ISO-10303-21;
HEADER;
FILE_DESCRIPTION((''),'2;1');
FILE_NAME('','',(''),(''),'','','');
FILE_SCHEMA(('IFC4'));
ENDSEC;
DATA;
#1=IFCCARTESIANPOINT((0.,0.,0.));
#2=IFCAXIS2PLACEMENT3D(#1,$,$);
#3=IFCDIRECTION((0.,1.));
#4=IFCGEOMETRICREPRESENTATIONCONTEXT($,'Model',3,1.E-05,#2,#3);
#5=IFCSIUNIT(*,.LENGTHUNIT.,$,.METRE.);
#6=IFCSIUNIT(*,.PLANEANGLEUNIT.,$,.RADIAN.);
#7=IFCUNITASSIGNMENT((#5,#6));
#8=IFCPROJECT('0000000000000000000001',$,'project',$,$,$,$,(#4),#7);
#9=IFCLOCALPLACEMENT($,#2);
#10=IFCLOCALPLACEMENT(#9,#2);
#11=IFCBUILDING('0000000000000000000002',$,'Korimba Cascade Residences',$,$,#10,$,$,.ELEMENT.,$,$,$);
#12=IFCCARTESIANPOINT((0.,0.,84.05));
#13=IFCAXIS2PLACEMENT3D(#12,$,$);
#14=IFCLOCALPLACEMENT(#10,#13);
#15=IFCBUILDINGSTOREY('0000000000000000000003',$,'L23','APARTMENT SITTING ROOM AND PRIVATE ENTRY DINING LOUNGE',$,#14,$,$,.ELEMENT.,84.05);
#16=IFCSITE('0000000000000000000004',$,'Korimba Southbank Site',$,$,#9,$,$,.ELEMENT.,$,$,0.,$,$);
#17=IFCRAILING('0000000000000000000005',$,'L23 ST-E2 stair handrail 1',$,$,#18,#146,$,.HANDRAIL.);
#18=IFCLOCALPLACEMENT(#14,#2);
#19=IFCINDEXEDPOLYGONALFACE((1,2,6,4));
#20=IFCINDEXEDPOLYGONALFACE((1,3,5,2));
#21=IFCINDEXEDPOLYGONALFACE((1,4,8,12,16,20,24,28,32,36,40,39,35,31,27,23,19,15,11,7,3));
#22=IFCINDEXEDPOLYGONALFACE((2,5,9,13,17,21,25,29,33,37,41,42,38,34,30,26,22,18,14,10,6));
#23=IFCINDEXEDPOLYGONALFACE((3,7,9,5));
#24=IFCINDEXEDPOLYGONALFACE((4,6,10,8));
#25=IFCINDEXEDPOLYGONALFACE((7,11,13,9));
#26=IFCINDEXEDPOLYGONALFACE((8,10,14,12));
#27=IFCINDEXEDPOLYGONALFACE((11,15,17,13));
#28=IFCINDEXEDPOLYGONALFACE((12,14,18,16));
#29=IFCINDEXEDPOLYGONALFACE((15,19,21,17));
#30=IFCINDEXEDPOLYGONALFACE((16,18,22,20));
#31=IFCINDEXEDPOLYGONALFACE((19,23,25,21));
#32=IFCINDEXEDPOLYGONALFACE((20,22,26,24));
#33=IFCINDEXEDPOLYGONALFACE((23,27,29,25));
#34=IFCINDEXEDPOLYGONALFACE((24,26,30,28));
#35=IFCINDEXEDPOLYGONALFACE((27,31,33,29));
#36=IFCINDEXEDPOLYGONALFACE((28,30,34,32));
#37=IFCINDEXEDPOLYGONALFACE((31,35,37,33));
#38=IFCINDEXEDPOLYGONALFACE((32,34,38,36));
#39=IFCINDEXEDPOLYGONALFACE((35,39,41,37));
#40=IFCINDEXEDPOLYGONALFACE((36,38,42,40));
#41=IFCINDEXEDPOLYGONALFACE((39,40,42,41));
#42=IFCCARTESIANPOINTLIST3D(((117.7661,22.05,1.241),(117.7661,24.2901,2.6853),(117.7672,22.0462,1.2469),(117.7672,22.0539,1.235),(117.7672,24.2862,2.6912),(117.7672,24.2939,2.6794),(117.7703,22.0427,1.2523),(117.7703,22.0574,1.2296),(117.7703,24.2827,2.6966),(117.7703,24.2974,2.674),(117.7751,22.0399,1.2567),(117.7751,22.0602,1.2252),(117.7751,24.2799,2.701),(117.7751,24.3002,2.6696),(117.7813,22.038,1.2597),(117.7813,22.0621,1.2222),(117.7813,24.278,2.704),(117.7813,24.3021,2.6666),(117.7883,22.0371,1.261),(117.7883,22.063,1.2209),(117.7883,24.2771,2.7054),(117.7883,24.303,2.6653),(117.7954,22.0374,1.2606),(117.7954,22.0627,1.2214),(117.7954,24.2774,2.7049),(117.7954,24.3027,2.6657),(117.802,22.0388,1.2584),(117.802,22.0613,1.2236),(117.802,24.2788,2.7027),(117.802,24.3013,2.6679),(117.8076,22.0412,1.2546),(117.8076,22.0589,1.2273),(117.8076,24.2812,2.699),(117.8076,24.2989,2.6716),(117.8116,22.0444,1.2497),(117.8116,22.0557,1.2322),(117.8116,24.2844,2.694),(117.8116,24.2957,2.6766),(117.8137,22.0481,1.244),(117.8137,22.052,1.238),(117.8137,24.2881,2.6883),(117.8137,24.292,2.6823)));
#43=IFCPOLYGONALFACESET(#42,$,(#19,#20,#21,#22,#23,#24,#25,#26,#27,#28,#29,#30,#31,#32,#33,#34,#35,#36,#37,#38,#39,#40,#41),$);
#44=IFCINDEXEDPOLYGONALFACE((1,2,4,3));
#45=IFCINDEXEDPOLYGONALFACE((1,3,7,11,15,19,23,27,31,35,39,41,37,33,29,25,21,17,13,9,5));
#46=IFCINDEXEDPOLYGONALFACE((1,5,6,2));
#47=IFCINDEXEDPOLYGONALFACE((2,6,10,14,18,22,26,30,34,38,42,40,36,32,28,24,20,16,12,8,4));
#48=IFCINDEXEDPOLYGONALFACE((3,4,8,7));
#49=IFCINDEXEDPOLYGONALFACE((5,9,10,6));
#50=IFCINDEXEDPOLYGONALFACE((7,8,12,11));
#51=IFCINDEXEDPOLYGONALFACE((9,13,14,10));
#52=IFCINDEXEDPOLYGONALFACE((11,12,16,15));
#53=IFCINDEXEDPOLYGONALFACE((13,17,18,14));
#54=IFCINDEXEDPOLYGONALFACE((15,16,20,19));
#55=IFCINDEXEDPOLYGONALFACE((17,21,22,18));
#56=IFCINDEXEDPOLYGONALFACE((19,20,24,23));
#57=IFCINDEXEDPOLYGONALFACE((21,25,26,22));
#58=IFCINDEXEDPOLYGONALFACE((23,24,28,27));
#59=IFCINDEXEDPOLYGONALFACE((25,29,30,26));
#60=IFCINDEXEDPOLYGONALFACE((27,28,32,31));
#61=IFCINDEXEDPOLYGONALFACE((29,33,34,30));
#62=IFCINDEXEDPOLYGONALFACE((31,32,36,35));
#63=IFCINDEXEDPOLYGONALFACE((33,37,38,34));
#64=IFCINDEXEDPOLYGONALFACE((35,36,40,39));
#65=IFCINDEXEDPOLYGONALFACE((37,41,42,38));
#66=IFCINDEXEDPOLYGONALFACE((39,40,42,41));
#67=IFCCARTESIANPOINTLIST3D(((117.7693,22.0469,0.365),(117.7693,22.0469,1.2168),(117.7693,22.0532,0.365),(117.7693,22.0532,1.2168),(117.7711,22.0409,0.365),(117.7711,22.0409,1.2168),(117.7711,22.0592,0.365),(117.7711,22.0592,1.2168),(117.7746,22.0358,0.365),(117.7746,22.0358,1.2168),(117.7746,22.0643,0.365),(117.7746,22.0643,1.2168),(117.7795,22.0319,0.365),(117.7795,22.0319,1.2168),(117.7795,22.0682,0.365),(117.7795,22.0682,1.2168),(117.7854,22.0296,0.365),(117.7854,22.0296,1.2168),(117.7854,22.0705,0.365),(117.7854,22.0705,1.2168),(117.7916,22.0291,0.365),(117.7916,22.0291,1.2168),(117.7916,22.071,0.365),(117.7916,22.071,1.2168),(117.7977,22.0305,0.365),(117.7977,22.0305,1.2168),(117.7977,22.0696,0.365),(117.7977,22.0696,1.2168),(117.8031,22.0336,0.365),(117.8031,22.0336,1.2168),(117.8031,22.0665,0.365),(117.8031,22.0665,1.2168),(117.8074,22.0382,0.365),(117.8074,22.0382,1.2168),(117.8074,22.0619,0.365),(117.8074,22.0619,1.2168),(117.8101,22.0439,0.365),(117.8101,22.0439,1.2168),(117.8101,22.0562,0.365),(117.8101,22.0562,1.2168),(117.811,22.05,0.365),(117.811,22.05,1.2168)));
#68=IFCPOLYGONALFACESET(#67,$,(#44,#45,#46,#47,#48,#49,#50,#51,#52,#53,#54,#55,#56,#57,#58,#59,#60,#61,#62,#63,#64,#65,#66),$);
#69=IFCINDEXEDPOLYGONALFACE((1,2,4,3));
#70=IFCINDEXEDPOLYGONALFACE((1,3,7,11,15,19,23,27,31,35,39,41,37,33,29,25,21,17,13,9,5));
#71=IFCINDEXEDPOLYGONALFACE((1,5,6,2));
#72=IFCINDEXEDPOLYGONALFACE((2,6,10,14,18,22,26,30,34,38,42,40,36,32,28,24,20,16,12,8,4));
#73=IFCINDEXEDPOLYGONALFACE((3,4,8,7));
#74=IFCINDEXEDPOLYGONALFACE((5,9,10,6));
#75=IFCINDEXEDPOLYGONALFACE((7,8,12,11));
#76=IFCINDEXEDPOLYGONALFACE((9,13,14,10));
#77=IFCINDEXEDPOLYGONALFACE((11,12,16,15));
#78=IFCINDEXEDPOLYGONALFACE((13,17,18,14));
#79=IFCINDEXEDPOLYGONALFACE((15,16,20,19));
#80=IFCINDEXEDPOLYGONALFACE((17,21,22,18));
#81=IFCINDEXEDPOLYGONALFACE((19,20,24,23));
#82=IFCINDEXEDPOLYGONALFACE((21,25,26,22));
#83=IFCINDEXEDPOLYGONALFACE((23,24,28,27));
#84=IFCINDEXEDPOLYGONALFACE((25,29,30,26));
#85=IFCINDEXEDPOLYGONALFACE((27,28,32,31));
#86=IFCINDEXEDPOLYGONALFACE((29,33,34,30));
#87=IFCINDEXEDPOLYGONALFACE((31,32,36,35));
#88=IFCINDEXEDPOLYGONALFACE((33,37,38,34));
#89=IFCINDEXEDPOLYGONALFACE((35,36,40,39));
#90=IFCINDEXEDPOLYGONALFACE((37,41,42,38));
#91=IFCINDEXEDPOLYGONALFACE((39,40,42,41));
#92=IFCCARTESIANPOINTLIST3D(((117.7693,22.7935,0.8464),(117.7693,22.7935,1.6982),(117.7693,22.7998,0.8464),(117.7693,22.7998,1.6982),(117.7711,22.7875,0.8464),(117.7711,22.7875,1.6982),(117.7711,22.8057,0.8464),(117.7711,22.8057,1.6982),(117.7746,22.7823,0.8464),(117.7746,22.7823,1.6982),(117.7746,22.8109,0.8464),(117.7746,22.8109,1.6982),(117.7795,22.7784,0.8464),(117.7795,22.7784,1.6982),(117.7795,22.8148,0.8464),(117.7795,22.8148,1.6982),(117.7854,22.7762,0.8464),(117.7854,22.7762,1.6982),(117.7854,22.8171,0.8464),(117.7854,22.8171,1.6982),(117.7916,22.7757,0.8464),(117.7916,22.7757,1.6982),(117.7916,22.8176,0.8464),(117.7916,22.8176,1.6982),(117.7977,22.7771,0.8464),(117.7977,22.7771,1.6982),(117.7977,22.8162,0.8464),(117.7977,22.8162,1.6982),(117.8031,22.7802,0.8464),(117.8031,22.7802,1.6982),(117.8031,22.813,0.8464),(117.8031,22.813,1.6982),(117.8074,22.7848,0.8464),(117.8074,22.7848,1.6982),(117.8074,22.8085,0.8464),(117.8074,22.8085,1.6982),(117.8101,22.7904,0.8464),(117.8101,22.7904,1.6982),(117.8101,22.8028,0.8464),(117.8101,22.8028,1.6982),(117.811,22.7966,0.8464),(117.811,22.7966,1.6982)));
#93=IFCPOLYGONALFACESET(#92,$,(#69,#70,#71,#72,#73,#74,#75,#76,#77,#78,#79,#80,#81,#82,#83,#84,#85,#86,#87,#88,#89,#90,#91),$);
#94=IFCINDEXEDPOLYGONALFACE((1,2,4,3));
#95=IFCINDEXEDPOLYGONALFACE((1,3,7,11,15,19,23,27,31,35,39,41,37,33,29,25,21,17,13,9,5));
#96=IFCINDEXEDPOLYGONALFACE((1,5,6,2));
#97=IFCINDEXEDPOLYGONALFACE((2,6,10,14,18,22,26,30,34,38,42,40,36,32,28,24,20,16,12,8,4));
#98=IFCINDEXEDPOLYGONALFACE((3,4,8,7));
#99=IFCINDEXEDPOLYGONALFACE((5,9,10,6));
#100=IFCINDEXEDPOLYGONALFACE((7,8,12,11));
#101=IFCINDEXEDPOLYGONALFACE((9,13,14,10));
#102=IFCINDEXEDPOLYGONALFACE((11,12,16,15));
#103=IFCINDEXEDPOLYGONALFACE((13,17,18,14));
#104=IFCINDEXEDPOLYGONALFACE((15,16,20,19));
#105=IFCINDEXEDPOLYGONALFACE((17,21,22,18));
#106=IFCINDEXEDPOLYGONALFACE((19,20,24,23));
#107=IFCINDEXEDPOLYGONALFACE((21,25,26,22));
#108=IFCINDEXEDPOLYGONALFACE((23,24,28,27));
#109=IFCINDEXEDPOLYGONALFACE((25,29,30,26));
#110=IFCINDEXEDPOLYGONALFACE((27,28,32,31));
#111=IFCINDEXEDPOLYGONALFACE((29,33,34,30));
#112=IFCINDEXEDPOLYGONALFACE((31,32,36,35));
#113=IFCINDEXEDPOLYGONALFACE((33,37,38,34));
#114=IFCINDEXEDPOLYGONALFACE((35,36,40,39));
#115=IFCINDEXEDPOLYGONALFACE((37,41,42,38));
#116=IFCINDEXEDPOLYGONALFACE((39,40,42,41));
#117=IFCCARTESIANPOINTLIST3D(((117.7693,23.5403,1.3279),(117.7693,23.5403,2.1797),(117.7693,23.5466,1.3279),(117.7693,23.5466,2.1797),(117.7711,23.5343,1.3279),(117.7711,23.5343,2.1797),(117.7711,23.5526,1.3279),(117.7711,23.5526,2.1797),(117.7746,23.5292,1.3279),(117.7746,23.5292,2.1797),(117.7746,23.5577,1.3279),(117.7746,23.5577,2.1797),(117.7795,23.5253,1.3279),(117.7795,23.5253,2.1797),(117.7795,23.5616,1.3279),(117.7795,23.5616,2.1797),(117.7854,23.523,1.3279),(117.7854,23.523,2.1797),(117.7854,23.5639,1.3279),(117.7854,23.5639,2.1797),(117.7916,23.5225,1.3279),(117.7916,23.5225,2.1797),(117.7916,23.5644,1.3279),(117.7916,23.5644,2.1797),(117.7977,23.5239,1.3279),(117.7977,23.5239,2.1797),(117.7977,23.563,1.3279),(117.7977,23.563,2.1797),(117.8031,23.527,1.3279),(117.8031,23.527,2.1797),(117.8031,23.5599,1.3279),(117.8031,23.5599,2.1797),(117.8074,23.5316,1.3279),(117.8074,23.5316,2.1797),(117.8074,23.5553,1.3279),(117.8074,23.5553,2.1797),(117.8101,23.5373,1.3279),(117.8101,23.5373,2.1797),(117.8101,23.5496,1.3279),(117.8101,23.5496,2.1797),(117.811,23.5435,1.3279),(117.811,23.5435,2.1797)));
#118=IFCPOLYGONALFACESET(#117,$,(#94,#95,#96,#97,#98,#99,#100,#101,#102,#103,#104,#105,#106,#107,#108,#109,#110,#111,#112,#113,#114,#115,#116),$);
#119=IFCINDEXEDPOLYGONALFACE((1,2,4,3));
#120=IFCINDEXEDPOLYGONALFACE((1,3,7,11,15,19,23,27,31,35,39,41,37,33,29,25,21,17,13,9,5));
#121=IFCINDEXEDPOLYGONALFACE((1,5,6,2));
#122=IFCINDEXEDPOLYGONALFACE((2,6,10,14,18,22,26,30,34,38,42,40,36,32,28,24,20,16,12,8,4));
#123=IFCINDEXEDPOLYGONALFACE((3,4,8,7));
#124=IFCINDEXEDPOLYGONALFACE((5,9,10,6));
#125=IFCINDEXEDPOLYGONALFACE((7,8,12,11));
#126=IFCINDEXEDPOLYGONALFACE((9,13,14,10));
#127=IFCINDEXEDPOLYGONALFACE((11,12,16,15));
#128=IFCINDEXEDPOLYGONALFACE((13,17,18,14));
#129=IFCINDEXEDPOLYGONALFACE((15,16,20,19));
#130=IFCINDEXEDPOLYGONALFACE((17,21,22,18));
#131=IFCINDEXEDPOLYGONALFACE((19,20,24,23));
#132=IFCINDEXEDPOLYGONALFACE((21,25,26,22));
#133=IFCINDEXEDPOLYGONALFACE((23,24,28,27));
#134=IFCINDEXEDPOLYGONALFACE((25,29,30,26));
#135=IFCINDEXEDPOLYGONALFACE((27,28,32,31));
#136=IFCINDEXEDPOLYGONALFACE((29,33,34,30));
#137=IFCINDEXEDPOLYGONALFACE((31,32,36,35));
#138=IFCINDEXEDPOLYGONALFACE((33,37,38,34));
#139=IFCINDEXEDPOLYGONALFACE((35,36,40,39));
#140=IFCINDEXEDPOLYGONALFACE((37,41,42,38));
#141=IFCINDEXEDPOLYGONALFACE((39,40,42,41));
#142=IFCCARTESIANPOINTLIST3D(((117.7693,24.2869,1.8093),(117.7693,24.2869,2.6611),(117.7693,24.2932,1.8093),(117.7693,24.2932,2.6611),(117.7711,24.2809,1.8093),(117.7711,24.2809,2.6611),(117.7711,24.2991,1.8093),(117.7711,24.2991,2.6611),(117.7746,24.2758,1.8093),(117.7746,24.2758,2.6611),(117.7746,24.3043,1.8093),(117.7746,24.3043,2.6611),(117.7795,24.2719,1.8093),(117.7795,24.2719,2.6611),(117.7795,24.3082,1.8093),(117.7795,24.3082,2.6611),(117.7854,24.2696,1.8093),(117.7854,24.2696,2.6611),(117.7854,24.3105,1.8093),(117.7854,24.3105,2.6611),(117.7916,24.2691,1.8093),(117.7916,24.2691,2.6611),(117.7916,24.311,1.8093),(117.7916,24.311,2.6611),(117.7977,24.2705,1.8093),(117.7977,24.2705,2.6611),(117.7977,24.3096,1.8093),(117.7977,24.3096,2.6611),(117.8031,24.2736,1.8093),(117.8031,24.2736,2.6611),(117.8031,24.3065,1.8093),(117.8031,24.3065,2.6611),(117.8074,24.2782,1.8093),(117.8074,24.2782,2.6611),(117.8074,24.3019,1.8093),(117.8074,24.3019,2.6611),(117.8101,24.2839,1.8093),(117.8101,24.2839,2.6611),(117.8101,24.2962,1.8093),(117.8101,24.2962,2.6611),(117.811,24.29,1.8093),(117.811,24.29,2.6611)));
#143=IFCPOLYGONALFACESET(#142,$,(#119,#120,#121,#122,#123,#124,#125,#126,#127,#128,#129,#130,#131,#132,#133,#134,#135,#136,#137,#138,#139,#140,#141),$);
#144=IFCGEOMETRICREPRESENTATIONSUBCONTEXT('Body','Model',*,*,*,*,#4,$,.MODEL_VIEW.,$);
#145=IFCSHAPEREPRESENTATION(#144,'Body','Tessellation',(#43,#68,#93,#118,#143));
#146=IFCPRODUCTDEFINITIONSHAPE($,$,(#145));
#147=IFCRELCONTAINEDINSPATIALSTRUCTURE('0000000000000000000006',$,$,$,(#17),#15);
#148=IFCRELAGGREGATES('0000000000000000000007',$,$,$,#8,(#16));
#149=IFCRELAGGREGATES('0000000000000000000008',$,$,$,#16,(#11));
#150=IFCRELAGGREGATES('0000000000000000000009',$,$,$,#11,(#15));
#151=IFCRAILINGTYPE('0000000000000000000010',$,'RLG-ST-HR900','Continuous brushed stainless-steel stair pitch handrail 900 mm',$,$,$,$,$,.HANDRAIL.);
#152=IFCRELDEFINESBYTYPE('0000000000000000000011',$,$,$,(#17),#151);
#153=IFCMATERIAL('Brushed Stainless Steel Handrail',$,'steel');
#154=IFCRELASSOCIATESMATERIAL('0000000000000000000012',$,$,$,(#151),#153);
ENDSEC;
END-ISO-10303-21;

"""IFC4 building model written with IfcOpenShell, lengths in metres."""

from ifc_helpers import new_model, si_unit, direction, frame, origin, origin_2d, place, context, subcontext, project, spatial, circle, extrude, material, type_object, element, save


model = new_model("IFC4")

# Units and contexts
model_context = context("Model", 3, precision=1e-05, world=origin(), true_north=direction((0.0, 1.0)))
body_context = subcontext(model_context, "Body", "Model", "MODEL_VIEW")
ifc_project = project(units=[si_unit("LENGTHUNIT", "METRE"), si_unit("PLANEANGLEUNIT", "RADIAN")], contexts=[model_context])

# Site, building, storey
site_placement = place(None, origin())
site = spatial("IfcSite", under=ifc_project, at=site_placement, Name="Korimba Southbank Site", CompositionType="ELEMENT", RefElevation=0.0)
building_placement = place(site_placement, origin())
building = spatial("IfcBuilding", under=site, at=building_placement, Name="Korimba Cascade Residences", CompositionType="ELEMENT")
storey_placement = place(building_placement, frame((0.0, 0.0, 84.05)))
storey = spatial("IfcBuildingStorey", under=building, at=storey_placement, Name="L23", Description="APARTMENT SITTING ROOM AND PRIVATE ENTRY DINING LOUNGE", CompositionType="ELEMENT", Elevation=84.05)

# Railing
ifc_material_1 = material(Name="Brushed Stainless Steel Handrail", Category="steel")
railing_type = type_object("IfcRailingType", Name="RLG-ST-HR900", Description="Continuous brushed stainless-steel stair pitch handrail 900 mm", PredefinedType="HANDRAIL", material=ifc_material_1)
railing_placement = place(storey_placement, frame((117.79, 22.05, 0.365)))
element("IfcRailing", 1, at=railing_placement, inside=storey, type_object=railing_type, Name="L23 ST-E2 stair handrail 1", PredefinedType="HANDRAIL", context=body_context, shape_type="SweptSolid", body=[
    extrude(circle(Radius=0.0239, at=origin_2d()), frame((0.0, 0.0, 0.876), z_axis=(0.0, 0.840437, 0.54191), x_axis=(-1.0, 0.0, 0.0)), (0.0, 0.0, 1.0), 2.6653),
    extrude(circle(Radius=0.021, at=origin_2d()), origin(), (0.0, 0.0, 1.0), 0.8518),
    extrude(circle(Radius=0.021, at=origin_2d()), frame((0.0, 0.7466, 0.4814)), (0.0, 0.0, 1.0), 0.8518),
    extrude(circle(Radius=0.021, at=origin_2d()), frame((0.0, 1.4934, 0.9629)), (0.0, 0.0, 1.0), 0.8518),
    extrude(circle(Radius=0.021, at=origin_2d()), frame((0.0, 2.24, 1.4443)), (0.0, 0.0, 1.0), 0.8518),
])

save(model, "model.ifc")
